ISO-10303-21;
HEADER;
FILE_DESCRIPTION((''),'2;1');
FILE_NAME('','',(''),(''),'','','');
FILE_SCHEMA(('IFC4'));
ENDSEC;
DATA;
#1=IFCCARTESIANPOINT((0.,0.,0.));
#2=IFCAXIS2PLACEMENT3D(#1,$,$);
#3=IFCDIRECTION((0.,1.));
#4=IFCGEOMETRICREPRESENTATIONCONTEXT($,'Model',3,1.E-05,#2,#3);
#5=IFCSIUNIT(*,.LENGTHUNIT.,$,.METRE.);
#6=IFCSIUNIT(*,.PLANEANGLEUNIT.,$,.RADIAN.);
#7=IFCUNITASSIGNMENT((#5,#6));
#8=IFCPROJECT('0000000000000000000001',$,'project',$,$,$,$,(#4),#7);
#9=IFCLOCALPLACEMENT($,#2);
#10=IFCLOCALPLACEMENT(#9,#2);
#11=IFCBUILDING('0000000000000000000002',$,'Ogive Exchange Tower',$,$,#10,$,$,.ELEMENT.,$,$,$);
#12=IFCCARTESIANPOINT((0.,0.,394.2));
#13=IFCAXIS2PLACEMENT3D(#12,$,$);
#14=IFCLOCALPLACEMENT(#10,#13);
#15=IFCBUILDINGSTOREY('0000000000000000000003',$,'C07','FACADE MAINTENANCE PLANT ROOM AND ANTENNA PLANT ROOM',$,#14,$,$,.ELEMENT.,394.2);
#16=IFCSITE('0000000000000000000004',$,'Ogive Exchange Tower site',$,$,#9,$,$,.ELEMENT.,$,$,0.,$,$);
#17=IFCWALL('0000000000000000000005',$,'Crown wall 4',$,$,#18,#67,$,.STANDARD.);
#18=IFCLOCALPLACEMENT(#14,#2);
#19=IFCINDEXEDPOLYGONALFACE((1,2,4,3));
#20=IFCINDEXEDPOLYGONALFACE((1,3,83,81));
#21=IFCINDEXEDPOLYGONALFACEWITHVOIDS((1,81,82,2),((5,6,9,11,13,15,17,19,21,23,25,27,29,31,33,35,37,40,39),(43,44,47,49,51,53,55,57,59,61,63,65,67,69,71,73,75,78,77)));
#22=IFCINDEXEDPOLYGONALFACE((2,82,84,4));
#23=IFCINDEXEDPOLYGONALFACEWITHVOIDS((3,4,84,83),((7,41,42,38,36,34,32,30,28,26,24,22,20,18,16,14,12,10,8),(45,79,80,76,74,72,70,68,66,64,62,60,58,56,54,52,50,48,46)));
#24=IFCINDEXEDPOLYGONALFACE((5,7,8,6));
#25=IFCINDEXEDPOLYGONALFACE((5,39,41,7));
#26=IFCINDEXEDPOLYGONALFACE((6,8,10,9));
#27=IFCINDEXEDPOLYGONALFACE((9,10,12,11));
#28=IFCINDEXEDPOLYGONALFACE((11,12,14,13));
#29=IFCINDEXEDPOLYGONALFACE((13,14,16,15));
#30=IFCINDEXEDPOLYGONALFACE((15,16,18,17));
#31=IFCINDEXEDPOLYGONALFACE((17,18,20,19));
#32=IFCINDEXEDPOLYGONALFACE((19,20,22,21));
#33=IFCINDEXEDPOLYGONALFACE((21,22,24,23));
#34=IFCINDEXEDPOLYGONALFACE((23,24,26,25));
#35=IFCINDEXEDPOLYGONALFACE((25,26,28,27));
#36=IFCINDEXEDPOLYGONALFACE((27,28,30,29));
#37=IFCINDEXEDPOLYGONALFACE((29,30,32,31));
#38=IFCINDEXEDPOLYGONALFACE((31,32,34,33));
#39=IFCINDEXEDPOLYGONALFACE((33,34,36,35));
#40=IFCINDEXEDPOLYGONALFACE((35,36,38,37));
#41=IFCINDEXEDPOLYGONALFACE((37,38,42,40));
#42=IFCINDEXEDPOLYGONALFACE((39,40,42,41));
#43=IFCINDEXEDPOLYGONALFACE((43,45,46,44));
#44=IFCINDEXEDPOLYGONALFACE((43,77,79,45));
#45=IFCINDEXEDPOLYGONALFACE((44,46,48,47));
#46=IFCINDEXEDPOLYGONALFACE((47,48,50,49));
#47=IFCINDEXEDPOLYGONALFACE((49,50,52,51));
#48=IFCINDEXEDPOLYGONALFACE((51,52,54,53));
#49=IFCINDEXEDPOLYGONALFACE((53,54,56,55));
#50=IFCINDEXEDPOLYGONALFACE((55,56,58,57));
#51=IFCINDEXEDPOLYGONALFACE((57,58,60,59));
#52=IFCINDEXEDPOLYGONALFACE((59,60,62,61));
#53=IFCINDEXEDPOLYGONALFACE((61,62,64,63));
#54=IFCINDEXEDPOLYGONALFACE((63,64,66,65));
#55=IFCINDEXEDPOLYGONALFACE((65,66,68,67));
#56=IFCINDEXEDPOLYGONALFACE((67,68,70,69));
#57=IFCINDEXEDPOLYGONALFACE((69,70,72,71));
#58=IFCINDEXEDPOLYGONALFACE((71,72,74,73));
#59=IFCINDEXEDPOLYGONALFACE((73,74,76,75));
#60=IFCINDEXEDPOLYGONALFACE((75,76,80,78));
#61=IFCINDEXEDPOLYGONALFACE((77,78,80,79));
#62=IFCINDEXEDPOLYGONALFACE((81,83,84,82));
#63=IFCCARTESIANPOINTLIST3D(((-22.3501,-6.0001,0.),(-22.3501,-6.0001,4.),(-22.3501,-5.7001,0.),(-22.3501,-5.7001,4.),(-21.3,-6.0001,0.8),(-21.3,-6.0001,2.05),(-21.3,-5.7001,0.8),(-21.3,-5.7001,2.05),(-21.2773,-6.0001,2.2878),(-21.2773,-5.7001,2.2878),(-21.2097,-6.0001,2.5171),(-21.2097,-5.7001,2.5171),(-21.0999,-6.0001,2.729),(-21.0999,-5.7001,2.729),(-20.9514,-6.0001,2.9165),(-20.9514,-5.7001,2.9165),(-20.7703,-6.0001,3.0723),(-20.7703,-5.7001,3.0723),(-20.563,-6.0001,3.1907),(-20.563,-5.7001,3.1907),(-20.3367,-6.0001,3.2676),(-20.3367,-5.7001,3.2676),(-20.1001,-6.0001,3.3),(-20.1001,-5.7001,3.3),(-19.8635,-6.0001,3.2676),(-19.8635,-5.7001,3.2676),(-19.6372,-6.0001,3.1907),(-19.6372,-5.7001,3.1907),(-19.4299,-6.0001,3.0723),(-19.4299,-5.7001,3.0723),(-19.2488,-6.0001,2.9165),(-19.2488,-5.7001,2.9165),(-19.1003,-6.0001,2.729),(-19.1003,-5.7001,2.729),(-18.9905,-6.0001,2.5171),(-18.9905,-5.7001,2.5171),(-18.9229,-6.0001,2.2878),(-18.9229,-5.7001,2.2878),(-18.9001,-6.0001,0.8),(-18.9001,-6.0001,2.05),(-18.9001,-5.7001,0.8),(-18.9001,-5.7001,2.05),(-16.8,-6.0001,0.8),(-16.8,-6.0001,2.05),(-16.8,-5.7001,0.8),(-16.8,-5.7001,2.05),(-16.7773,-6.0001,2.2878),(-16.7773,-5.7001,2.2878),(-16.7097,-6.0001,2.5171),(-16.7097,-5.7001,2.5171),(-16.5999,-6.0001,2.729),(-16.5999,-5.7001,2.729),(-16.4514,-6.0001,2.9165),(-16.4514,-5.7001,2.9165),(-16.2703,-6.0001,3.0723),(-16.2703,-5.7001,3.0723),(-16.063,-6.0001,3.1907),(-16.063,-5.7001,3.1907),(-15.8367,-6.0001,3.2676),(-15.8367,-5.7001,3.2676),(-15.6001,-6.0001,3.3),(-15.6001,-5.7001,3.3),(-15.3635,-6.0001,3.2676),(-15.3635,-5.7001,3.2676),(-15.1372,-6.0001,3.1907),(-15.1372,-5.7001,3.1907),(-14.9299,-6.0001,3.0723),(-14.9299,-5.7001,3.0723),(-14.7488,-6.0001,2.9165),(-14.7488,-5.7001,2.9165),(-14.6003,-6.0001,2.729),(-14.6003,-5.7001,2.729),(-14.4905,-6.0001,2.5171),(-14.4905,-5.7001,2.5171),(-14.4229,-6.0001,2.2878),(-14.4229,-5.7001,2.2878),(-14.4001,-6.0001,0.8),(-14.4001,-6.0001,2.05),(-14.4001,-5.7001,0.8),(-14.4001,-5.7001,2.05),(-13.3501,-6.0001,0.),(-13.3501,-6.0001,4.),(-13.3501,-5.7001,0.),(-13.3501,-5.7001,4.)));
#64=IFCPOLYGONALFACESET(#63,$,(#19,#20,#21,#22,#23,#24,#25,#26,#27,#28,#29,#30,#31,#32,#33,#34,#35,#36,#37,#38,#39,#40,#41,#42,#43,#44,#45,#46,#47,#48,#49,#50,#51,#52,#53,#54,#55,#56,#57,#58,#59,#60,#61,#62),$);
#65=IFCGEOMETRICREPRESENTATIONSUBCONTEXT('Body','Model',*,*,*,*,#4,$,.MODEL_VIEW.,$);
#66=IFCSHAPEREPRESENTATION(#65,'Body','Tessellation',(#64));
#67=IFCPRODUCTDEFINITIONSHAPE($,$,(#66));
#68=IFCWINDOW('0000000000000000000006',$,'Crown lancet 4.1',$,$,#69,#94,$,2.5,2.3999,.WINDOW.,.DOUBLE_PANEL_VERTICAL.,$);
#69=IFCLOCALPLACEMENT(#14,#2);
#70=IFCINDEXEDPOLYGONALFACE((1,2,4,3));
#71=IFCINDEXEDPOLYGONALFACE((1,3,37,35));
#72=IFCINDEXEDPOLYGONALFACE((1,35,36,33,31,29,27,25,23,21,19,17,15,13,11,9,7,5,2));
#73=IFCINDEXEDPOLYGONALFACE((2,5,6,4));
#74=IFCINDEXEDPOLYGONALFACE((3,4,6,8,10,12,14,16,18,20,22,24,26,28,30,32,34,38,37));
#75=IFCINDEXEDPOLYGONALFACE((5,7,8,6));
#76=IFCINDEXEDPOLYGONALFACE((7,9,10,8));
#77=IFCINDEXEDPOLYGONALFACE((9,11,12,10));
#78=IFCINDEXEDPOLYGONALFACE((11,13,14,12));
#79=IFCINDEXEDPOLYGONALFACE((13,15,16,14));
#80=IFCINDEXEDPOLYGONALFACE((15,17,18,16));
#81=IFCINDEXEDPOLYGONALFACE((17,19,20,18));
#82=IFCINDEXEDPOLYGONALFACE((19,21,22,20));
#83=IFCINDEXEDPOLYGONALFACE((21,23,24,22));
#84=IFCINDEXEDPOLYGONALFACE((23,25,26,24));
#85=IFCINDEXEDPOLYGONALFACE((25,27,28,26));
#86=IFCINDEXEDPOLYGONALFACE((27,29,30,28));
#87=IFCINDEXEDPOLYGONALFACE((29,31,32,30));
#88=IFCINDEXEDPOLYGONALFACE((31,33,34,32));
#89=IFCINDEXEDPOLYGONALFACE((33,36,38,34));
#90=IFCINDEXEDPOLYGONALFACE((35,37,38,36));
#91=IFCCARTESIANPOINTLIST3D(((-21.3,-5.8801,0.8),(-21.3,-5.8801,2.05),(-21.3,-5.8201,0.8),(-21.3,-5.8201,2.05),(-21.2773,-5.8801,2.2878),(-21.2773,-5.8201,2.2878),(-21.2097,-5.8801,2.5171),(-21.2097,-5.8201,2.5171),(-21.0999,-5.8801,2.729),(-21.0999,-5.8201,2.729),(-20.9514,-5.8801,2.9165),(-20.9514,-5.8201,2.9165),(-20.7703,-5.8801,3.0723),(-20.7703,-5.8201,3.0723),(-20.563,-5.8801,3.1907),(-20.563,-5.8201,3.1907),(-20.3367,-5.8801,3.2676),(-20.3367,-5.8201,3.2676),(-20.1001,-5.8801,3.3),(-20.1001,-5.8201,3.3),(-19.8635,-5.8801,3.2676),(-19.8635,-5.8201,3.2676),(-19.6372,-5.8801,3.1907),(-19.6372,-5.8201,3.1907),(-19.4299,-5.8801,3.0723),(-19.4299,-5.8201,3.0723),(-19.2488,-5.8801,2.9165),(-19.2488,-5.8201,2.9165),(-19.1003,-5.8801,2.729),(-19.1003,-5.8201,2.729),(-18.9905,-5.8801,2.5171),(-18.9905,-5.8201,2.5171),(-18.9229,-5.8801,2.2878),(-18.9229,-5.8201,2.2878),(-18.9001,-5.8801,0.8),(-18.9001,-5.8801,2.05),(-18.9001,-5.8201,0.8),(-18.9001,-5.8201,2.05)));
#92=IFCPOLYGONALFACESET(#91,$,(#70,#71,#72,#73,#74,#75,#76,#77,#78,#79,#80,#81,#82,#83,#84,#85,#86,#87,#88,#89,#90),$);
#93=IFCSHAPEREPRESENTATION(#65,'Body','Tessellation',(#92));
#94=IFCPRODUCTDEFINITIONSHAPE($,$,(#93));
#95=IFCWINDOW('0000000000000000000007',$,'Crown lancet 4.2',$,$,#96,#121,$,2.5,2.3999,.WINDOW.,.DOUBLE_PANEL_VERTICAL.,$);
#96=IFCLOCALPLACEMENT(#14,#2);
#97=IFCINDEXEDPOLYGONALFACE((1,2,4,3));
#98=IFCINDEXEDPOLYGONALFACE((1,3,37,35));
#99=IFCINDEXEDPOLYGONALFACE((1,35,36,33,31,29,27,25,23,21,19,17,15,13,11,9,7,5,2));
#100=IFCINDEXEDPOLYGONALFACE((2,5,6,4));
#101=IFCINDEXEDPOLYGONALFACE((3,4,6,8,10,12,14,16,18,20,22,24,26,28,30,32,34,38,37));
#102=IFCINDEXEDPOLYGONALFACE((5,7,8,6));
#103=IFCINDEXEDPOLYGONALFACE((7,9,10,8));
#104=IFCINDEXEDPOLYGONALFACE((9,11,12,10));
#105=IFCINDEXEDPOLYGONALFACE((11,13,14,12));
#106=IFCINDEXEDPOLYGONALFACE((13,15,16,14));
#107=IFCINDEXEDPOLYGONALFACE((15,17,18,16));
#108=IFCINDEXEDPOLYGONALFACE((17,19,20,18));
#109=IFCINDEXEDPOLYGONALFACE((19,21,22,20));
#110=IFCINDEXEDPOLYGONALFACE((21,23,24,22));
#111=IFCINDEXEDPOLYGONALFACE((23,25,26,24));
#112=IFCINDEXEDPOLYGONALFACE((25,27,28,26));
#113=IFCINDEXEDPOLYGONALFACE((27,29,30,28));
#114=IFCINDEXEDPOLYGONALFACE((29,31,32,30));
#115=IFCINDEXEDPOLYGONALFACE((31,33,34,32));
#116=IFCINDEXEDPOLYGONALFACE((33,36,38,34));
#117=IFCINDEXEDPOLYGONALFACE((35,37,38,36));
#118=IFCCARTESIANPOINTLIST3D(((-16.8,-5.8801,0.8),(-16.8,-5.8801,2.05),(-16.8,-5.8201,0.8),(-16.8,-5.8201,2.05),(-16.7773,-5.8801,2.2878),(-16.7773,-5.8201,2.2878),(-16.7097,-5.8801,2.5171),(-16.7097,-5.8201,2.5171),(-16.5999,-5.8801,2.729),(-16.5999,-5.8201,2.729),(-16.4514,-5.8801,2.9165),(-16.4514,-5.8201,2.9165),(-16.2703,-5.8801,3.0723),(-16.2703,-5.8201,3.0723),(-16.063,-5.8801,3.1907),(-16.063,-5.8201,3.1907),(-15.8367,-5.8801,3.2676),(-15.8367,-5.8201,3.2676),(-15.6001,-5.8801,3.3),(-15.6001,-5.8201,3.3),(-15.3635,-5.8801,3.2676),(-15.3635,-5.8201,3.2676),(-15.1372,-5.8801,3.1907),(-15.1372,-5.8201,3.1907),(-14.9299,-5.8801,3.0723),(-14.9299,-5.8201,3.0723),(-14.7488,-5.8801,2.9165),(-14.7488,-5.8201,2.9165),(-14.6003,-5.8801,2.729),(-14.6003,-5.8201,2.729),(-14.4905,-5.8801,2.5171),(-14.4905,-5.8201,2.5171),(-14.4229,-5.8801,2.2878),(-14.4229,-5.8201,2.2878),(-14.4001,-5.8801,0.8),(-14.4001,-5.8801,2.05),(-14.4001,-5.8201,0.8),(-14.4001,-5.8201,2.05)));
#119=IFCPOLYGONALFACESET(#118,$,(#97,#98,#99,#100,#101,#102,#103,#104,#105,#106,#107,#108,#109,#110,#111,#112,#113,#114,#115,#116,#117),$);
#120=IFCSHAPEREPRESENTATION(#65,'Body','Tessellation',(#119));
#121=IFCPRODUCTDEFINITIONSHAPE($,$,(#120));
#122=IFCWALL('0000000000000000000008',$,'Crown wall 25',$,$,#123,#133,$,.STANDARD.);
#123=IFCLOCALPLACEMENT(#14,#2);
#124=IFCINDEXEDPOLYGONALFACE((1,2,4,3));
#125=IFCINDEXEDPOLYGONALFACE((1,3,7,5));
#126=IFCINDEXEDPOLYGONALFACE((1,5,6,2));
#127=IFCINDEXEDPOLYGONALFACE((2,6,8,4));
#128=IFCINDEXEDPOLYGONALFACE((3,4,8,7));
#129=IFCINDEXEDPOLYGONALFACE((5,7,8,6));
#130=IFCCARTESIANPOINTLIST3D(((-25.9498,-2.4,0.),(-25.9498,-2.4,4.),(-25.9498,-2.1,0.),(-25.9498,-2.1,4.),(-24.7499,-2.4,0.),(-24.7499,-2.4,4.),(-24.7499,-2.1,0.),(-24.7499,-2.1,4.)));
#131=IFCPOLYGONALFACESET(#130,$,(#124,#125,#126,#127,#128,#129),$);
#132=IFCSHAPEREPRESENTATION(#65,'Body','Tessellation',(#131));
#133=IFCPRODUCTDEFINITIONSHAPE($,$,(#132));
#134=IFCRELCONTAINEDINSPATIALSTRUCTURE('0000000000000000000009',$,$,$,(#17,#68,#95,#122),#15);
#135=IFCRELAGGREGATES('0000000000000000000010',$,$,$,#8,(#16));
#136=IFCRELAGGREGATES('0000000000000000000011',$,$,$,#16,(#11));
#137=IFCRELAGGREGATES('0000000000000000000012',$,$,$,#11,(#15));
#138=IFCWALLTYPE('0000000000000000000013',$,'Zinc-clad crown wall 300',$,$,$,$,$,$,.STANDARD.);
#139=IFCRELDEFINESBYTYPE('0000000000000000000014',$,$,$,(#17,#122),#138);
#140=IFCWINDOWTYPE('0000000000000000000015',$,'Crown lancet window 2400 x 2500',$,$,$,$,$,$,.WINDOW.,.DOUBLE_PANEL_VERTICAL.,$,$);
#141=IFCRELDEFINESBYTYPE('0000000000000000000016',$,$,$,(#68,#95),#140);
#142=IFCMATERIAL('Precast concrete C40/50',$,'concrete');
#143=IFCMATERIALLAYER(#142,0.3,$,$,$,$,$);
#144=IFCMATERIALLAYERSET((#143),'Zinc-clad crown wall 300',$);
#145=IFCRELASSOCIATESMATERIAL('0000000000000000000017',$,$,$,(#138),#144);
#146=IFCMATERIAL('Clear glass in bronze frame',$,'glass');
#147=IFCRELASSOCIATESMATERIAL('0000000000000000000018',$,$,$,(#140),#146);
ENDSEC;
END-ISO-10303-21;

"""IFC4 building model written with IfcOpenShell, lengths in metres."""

from ifc_helpers import new_model, si_unit, direction, frame, frame_2d, origin, place, context, subcontext, project, spatial, polyline, rectangle, outline, extrude, material, layer, layer_set, type_object, element, fill, save


model = new_model("IFC4")

# Units and contexts
model_context = context("Model", 3, precision=1e-05, world=origin(), true_north=direction((0.0, 1.0)))
body_context = subcontext(model_context, "Body", "Model", "MODEL_VIEW")
ifc_project = project(units=[si_unit("LENGTHUNIT", "METRE"), si_unit("PLANEANGLEUNIT", "RADIAN")], contexts=[model_context])

# Site, building, storey
site_placement = place(None, origin())
site = spatial("IfcSite", under=ifc_project, at=site_placement, Name="Ogive Exchange Tower site", CompositionType="ELEMENT", RefElevation=0.0)
building_placement = place(site_placement, origin())
building = spatial("IfcBuilding", under=site, at=building_placement, Name="Ogive Exchange Tower", CompositionType="ELEMENT")
storey_placement = place(building_placement, frame((0.0, 0.0, 394.2)))
storey = spatial("IfcBuildingStorey", under=building, at=storey_placement, Name="C07", Description="FACADE MAINTENANCE PLANT ROOM AND ANTENNA PLANT ROOM", CompositionType="ELEMENT", Elevation=394.2)

# Shared definitions
ifc_material_1 = material(Name="Precast concrete C40/50", Category="concrete")
ifc_layer_1 = layer(ifc_material_1, 0.3)
ifc_layer_set_1 = layer_set([ifc_layer_1], Name="Zinc-clad crown wall 300")
wall_type_1 = type_object("IfcWallType", Name="Zinc-clad crown wall 300", PredefinedType="STANDARD", material=ifc_layer_set_1)

# Wall, openings, windows
wall_1_placement = place(storey_placement, frame((-22.3501, -5.8501, 0.0), z_axis=(0.0, 0.0, 1.0), x_axis=(1.0, 0.0, 0.0)))
wall_1 = element("IfcWall", 1, at=wall_1_placement, inside=storey, type_object=wall_type_1, Name="Crown wall 4", PredefinedType="STANDARD", context=body_context, shape_type="SweptSolid", body=[
    extrude(rectangle(XDim=9.0, YDim=0.3, at=frame_2d((4.5, 0.0))), origin(), (0.0, 0.0, 1.0), 4.0),
])
opening_1_placement = place(wall_1_placement, frame((1.05, 0.0, 0.8)))
opening_1 = element("IfcOpeningElement", 2, at=opening_1_placement, cuts=wall_1, PredefinedType="OPENING", context=body_context, shape_type="SweptSolid", body=[
    extrude(outline(polyline([(0.0, 0.0), (2.3999, 0.0), (2.3999, 1.25), (2.3772, 1.4878), (2.3096, 1.717), (2.1997, 1.929), (2.0513, 2.1165), (1.8701, 2.2722), (1.6628, 2.3906), (1.4365, 2.4675), (1.2, 2.5), (0.9634, 2.4675), (0.7371, 2.3906), (0.5298, 2.2722), (0.3486, 2.1165), (0.2002, 1.929), (0.0903, 1.717), (0.0227, 1.4878), (0.0, 1.25), (0.0, 0.0)])), frame((0.0, 0.1599, 0.0), z_axis=(0.0, -1.0, 0.0), x_axis=(1.0, 0.0, 0.0)), (0.0, 0.0, 1.0), 0.3201),
])
opening_2_placement = place(wall_1_placement, frame((5.55, 0.0, 0.8)))
opening_2 = element("IfcOpeningElement", 3, at=opening_2_placement, cuts=wall_1, PredefinedType="OPENING", context=body_context, shape_type="SweptSolid", body=[
    extrude(outline(polyline([(0.0, 0.0), (2.3999, 0.0), (2.3999, 1.25), (2.3772, 1.4878), (2.3096, 1.717), (2.1997, 1.929), (2.0513, 2.1165), (1.8701, 2.2722), (1.6628, 2.3906), (1.4365, 2.4675), (1.2, 2.5), (0.9634, 2.4675), (0.7371, 2.3906), (0.5298, 2.2722), (0.3486, 2.1165), (0.2002, 1.929), (0.0903, 1.717), (0.0227, 1.4878), (0.0, 1.25), (0.0, 0.0)])), frame((0.0, 0.1599, 0.0), z_axis=(0.0, -1.0, 0.0), x_axis=(1.0, 0.0, 0.0)), (0.0, 0.0, 1.0), 0.3201),
])
ifc_material_2 = material(Name="Clear glass in bronze frame", Category="glass")
window_type = type_object("IfcWindowType", Name="Crown lancet window 2400 x 2500", PartitioningType="DOUBLE_PANEL_VERTICAL", PredefinedType="WINDOW", material=ifc_material_2)
window_1_placement = place(opening_1_placement, origin())
window_1 = element("IfcWindow", 4, at=window_1_placement, inside=storey, type_object=window_type, Name="Crown lancet 4.1", OverallHeight=2.5, OverallWidth=2.3999, PartitioningType="DOUBLE_PANEL_VERTICAL", PredefinedType="WINDOW", context=body_context, shape_type="SweptSolid", body=[
    extrude(outline(polyline([(0.0, 0.0), (2.3999, 0.0), (2.3999, 1.25), (2.3772, 1.4878), (2.3096, 1.717), (2.1997, 1.929), (2.0513, 2.1165), (1.8701, 2.2722), (1.6628, 2.3906), (1.4365, 2.4675), (1.2, 2.5), (0.9634, 2.4675), (0.7371, 2.3906), (0.5298, 2.2722), (0.3486, 2.1165), (0.2002, 1.929), (0.0903, 1.717), (0.0227, 1.4878), (0.0, 1.25), (0.0, 0.0)])), frame((0.0, 0.03, 0.0), z_axis=(0.0, -1.0, 0.0), x_axis=(1.0, 0.0, 0.0)), (0.0, 0.0, 1.0), 0.0601),
])
fill(opening_1, window_1)
window_2_placement = place(opening_2_placement, origin())
window_2 = element("IfcWindow", 5, at=window_2_placement, inside=storey, type_object=window_type, Name="Crown lancet 4.2", OverallHeight=2.5, OverallWidth=2.3999, PartitioningType="DOUBLE_PANEL_VERTICAL", PredefinedType="WINDOW", context=body_context, shape_type="SweptSolid", body=[
    extrude(outline(polyline([(0.0, 0.0), (2.3999, 0.0), (2.3999, 1.25), (2.3772, 1.4878), (2.3096, 1.717), (2.1997, 1.929), (2.0513, 2.1165), (1.8701, 2.2722), (1.6628, 2.3906), (1.4365, 2.4675), (1.2, 2.5), (0.9634, 2.4675), (0.7371, 2.3906), (0.5298, 2.2722), (0.3486, 2.1165), (0.2002, 1.929), (0.0903, 1.717), (0.0227, 1.4878), (0.0, 1.25), (0.0, 0.0)])), frame((0.0, 0.03, 0.0), z_axis=(0.0, -1.0, 0.0), x_axis=(1.0, 0.0, 0.0)), (0.0, 0.0, 1.0), 0.0601),
])
fill(opening_2, window_2)

# Wall
wall_2_placement = place(storey_placement, frame((-25.95, -2.25, 0.0), z_axis=(0.0, 0.0, 1.0), x_axis=(1.0, 0.0, 0.0)))
element("IfcWall", 6, at=wall_2_placement, inside=storey, type_object=wall_type_1, Name="Crown wall 25", PredefinedType="STANDARD", context=body_context, shape_type="SweptSolid", body=[
    extrude(rectangle(XDim=1.2, YDim=0.3, at=frame_2d((0.6001, 0.0))), origin(), (0.0, 0.0, 1.0), 4.0),
])

save(model, "model.ifc")
